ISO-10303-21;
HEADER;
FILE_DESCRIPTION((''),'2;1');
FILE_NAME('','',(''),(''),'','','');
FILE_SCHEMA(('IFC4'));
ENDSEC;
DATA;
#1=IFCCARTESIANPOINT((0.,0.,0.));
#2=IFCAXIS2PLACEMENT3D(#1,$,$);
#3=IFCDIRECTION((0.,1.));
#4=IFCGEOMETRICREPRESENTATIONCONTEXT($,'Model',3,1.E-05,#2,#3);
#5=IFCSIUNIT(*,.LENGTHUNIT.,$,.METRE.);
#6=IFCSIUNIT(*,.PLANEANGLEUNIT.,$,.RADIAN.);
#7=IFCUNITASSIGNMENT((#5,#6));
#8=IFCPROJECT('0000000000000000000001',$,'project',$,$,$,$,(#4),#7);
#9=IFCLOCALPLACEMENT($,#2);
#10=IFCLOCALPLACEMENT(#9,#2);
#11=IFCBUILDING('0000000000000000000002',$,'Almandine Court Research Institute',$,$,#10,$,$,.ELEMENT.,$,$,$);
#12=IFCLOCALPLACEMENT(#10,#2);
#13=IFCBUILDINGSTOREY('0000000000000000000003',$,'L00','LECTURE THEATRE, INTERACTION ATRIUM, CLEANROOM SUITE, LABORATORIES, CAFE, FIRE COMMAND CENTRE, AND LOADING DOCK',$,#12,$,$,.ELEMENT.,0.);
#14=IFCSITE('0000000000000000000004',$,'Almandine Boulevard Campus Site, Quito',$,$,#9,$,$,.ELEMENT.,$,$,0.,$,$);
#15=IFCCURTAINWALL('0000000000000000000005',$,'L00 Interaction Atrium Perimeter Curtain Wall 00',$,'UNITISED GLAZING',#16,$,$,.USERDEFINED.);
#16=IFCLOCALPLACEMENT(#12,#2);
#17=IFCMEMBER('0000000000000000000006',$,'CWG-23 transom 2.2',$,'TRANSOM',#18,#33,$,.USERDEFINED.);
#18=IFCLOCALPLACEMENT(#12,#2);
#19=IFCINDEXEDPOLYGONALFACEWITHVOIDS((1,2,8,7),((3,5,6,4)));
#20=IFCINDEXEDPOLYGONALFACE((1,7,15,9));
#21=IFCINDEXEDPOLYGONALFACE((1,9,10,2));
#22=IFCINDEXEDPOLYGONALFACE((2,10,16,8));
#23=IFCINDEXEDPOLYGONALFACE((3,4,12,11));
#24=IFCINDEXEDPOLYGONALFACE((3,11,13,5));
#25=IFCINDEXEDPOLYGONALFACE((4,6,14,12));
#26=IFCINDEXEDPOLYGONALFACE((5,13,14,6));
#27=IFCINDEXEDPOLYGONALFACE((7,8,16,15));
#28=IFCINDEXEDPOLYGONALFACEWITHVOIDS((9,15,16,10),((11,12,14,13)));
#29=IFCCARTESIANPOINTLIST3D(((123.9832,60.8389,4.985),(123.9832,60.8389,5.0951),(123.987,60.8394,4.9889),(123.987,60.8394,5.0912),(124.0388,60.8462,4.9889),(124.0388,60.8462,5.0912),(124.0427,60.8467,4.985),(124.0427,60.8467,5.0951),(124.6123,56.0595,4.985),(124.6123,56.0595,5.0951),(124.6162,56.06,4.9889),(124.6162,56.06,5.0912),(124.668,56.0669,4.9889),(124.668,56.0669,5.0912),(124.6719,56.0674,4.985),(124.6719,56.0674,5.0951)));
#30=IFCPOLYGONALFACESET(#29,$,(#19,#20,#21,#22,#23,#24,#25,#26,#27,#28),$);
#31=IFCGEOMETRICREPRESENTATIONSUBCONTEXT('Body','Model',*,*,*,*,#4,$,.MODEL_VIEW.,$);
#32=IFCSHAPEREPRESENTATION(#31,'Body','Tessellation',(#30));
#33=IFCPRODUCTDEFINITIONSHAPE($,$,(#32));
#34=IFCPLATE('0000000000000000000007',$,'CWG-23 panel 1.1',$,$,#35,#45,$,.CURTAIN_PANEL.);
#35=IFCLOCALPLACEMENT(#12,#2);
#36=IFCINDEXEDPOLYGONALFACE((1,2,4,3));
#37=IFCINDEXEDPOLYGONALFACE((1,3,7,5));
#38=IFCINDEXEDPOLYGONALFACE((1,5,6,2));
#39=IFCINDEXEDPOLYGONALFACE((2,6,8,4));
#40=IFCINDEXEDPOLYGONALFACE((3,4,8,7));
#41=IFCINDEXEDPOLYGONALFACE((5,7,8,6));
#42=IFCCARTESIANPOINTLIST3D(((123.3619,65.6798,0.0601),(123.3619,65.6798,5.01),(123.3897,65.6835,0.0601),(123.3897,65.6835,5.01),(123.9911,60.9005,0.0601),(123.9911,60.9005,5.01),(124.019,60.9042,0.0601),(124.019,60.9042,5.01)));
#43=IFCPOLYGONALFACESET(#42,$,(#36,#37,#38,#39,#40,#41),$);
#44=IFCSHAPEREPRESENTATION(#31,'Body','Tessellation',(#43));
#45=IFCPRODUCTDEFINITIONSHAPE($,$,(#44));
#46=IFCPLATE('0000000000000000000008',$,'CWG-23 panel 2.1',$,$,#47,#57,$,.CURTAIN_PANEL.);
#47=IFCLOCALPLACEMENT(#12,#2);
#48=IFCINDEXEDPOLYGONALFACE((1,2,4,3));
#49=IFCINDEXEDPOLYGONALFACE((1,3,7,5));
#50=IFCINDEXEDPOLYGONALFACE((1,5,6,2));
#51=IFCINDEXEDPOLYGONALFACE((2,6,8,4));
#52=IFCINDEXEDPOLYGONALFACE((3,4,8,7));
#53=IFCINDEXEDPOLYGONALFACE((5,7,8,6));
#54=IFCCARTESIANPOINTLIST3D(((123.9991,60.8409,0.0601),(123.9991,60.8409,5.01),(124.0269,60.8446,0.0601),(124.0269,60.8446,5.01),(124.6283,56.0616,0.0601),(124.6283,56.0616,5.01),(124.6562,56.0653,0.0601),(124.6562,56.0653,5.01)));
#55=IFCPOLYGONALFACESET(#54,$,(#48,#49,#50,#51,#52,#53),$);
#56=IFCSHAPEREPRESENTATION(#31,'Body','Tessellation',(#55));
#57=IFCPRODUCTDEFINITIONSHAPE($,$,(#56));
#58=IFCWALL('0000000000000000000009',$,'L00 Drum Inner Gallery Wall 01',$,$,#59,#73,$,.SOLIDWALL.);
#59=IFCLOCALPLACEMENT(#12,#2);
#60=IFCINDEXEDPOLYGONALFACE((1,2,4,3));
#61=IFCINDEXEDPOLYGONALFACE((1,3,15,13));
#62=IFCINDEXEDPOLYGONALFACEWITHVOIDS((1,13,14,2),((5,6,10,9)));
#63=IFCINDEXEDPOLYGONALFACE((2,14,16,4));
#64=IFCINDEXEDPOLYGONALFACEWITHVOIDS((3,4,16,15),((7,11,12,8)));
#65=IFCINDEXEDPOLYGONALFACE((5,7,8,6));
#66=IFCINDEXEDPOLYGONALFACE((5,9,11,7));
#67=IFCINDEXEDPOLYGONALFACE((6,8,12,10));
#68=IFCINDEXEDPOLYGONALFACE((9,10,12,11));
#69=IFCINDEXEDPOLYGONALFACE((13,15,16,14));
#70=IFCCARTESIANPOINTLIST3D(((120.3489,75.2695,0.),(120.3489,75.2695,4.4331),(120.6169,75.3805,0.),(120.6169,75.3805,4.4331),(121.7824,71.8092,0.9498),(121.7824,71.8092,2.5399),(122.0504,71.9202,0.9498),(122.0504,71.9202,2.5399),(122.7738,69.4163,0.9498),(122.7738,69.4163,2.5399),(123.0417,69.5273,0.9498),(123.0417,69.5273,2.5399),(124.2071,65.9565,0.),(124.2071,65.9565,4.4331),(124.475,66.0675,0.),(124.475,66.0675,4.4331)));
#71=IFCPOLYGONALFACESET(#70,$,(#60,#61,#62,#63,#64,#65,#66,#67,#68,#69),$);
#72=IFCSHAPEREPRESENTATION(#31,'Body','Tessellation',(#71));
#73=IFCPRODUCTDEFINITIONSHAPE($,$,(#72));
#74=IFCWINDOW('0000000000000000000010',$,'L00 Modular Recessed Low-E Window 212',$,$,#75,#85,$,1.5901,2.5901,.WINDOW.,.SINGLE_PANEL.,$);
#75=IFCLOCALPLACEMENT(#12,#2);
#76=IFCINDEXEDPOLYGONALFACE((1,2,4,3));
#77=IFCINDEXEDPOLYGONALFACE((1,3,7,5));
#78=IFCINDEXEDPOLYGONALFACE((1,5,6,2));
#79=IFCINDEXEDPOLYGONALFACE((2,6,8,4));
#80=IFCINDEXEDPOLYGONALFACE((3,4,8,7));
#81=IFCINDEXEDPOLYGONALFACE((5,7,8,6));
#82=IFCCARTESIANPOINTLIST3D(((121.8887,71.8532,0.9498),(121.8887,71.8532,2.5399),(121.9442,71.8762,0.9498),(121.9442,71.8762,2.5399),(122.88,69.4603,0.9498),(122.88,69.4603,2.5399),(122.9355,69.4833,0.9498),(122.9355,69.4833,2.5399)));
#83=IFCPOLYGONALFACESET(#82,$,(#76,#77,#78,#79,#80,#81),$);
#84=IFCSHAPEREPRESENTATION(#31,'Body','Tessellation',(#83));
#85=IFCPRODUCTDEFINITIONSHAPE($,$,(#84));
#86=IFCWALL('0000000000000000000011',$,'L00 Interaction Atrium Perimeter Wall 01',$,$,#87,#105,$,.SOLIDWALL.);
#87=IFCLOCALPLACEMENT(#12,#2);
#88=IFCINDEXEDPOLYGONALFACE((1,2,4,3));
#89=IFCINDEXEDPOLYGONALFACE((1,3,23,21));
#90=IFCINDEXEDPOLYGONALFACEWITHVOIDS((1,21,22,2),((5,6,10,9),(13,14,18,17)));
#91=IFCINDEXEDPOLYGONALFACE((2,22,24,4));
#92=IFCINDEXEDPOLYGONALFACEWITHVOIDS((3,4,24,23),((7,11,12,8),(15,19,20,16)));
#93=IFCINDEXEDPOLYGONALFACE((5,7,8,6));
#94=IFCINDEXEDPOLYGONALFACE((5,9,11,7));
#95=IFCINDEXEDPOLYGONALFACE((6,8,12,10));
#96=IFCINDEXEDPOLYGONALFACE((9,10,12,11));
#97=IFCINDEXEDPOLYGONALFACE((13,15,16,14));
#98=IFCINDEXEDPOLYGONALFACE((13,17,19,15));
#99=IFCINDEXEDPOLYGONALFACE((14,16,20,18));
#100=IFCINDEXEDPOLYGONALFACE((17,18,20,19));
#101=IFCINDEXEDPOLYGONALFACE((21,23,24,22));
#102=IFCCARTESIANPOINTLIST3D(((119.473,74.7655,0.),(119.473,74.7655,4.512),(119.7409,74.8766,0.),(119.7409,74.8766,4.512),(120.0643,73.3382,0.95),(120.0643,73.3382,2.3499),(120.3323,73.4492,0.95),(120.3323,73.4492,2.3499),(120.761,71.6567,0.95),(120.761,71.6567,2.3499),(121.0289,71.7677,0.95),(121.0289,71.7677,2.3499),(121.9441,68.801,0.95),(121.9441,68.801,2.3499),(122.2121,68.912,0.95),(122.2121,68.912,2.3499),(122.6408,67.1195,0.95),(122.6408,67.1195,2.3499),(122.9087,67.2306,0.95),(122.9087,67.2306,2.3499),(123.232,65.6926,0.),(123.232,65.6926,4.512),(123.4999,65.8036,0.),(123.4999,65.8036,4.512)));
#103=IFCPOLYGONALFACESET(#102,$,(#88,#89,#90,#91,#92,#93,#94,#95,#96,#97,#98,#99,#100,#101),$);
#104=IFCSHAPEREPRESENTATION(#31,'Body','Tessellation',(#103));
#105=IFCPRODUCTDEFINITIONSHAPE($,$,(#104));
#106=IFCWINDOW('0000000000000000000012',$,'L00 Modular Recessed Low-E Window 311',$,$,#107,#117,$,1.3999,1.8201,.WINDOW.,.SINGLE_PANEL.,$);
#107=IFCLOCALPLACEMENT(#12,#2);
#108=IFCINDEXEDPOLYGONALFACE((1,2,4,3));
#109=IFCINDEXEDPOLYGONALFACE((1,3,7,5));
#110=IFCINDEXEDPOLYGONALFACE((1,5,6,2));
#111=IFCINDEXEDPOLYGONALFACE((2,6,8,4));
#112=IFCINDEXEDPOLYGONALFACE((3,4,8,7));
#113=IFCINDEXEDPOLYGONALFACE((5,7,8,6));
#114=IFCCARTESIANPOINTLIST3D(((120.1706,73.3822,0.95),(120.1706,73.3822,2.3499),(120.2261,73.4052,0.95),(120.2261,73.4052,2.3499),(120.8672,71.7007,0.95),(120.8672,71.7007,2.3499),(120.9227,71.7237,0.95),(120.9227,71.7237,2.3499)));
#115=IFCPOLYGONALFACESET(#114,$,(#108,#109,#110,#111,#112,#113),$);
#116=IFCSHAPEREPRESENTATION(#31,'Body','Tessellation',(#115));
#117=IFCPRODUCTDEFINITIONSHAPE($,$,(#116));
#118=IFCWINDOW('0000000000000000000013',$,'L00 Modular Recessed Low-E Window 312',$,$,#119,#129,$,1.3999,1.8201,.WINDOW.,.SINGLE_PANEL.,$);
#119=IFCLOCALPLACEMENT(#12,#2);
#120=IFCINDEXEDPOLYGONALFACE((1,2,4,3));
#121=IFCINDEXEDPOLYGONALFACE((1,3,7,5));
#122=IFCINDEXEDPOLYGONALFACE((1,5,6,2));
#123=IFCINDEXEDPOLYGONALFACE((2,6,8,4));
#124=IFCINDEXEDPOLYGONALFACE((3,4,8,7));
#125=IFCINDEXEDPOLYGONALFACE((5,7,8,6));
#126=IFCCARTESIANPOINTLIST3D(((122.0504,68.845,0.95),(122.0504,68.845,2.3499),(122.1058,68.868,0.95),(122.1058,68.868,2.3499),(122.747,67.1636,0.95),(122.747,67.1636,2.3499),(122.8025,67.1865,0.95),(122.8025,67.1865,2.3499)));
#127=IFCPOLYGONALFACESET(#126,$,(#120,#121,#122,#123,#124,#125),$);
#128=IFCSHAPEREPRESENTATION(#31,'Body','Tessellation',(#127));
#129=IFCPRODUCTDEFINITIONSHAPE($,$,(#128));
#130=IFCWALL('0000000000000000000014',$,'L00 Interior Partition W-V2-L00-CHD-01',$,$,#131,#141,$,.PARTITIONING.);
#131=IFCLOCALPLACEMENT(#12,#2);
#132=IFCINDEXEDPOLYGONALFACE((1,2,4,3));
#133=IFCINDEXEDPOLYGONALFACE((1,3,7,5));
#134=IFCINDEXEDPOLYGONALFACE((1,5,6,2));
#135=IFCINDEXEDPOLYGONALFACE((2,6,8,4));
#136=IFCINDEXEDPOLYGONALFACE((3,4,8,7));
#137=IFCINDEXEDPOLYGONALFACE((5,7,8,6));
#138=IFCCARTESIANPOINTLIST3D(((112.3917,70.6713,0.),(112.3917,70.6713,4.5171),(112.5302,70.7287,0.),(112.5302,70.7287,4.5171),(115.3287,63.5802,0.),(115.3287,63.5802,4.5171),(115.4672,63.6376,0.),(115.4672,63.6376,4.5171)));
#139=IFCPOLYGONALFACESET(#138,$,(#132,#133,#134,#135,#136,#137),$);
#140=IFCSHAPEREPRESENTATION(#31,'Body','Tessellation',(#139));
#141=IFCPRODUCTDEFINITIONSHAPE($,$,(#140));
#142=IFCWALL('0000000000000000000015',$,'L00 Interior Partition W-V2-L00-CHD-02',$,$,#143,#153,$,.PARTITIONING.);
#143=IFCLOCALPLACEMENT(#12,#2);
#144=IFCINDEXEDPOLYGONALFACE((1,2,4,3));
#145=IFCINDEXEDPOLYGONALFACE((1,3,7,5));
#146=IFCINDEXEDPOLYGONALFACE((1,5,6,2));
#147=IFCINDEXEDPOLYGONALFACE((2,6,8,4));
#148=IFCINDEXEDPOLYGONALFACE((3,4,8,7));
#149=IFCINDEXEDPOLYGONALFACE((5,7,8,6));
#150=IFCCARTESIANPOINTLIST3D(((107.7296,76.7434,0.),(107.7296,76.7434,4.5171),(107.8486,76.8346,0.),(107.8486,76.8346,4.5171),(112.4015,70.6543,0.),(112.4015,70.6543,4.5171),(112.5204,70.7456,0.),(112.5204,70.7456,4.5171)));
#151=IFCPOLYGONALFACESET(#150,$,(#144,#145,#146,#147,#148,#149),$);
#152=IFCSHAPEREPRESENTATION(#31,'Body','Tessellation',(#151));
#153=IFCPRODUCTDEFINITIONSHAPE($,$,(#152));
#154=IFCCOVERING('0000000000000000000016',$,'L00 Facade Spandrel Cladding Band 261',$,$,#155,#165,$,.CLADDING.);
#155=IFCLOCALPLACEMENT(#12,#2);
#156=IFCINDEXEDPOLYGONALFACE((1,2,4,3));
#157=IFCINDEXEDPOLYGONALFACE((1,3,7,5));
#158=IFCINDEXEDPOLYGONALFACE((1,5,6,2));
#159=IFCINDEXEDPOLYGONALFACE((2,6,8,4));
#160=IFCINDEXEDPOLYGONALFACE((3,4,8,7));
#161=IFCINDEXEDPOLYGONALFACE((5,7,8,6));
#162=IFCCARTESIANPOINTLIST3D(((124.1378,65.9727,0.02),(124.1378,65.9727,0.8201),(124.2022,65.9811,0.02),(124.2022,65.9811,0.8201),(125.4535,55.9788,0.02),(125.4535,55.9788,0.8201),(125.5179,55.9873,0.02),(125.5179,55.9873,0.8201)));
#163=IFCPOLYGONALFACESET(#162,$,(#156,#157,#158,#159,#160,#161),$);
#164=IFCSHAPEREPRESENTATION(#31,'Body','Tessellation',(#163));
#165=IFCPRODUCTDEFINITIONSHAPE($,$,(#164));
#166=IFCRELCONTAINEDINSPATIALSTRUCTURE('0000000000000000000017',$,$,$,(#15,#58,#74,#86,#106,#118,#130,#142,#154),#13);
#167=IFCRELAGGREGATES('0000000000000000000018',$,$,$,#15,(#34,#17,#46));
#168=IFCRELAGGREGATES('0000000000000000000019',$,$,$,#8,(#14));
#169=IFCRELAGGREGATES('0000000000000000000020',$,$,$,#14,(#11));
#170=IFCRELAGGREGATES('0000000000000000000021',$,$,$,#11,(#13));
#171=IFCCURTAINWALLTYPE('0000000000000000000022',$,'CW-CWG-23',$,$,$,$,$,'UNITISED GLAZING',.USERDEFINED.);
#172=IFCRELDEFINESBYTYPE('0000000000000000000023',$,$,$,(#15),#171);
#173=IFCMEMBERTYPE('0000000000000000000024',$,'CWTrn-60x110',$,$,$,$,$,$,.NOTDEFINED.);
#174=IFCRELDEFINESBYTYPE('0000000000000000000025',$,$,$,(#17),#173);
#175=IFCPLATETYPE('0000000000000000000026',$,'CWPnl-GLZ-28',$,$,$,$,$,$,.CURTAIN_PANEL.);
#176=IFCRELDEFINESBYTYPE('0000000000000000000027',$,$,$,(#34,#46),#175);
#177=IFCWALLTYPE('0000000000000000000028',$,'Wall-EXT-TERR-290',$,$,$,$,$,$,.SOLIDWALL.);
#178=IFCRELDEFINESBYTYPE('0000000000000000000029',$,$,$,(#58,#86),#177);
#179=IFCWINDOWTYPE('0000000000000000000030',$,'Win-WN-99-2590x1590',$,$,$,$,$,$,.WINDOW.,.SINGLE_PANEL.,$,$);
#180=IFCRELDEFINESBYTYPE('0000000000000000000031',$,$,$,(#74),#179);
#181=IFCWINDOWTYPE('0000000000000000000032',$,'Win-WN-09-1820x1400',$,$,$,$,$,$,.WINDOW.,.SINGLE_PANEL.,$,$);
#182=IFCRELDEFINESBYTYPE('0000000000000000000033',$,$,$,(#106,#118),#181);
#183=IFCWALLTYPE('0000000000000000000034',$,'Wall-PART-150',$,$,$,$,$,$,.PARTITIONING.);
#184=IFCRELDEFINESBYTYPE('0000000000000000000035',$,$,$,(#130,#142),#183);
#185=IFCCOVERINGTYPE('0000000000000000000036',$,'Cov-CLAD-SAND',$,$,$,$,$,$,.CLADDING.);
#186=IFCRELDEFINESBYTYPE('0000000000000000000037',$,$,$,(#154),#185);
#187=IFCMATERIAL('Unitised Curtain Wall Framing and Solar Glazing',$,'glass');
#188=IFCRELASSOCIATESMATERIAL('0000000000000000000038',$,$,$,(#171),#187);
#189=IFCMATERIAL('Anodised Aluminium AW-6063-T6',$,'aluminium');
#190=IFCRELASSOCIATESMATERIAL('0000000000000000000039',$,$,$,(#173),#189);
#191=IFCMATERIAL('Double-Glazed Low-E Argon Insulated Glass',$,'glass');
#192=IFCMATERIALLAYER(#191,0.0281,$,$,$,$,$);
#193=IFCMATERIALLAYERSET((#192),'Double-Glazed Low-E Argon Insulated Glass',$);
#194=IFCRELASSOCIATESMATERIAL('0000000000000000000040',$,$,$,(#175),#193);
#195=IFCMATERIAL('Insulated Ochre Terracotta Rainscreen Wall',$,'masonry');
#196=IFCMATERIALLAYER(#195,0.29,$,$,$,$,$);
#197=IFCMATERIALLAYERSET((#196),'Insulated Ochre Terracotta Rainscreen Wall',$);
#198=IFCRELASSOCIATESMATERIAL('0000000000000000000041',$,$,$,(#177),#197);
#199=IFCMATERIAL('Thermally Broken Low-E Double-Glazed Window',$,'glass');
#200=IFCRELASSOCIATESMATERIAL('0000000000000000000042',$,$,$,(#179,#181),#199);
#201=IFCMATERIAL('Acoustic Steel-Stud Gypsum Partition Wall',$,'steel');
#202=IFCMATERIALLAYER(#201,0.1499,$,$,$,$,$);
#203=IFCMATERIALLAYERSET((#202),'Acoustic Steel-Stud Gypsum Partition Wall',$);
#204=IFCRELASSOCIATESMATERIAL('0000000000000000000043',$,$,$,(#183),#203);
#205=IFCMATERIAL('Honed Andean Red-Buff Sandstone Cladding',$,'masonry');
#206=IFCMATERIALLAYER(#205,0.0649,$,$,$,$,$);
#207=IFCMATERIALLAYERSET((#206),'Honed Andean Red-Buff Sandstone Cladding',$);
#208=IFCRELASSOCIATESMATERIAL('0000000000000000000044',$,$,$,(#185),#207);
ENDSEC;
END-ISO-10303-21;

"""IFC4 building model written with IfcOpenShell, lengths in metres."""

from ifc_helpers import new_model, si_unit, direction, frame, frame_2d, origin, origin_2d, place, context, subcontext, project, spatial, rectangle, hollow_rectangle, extrude, material, layer, layer_set, material_profile, profile_set, type_object, element, fill, aggregate, save


model = new_model("IFC4")

# Units and contexts
model_context = context("Model", 3, precision=1e-05, world=origin(), true_north=direction((0.0, 1.0)))
body_context = subcontext(model_context, "Body", "Model", "MODEL_VIEW")
ifc_project = project(units=[si_unit("LENGTHUNIT", "METRE"), si_unit("PLANEANGLEUNIT", "RADIAN")], contexts=[model_context])

# Site, building, storey
site_placement = place(None, origin())
site = spatial("IfcSite", under=ifc_project, at=site_placement, Name="Almandine Boulevard Campus Site, Quito", CompositionType="ELEMENT", RefElevation=0.0)
building_placement = place(site_placement, origin())
building = spatial("IfcBuilding", under=site, at=building_placement, Name="Almandine Court Research Institute", CompositionType="ELEMENT")
storey_placement = place(building_placement, origin())
storey = spatial("IfcBuildingStorey", under=building, at=storey_placement, Name="L00", Description="LECTURE THEATRE, INTERACTION ATRIUM, CLEANROOM SUITE, LABORATORIES, CAFE, FIRE COMMAND CENTRE, AND LOADING DOCK", CompositionType="ELEMENT", Elevation=0.0)

# Curtain wall, member, plates
ifc_material_1 = material(Name="Unitised Curtain Wall Framing and Solar Glazing", Category="glass")
curtain_wall_type = type_object("IfcCurtainWallType", Name="CW-CWG-23", ElementType="UNITISED GLAZING", PredefinedType="USERDEFINED", material=ifc_material_1)
curtain_wall_placement = place(storey_placement, origin())
curtain_wall = element("IfcCurtainWall", 1, at=curtain_wall_placement, inside=storey, type_object=curtain_wall_type, Name="L00 Interaction Atrium Perimeter Curtain Wall 00", ObjectType="UNITISED GLAZING", PredefinedType="USERDEFINED")
ifc_material_2 = material(Name="Anodised Aluminium AW-6063-T6", Category="aluminium")
ifc_material_profile_1 = material_profile(ifc_material_2, hollow_rectangle(XDim=0.0601, YDim=0.1101, WallThickness=0.0039, at=origin_2d()), Name="ALU RHS 60x110x4")
ifc_profile_set_1 = profile_set([ifc_material_profile_1], Name="Anodised Aluminium AW-6063-T6")
member_type_1 = type_object("IfcMemberType", Name="CWTrn-60x110", PredefinedType="NOTDEFINED", material=ifc_profile_set_1)
member_1_placement = place(storey_placement, frame((124.0129, 60.8428, 5.04), z_axis=(0.130515, -0.991446, 0.0), x_axis=(0.991446, 0.130515, 0.0)))
member_1 = element("IfcMember", 2, at=member_1_placement, type_object=member_type_1, Name="CWG-23 transom 2.2", ObjectType="TRANSOM", PredefinedType="USERDEFINED", context=body_context, shape_type="SweptSolid", body=[
    extrude(hollow_rectangle(XDim=0.0601, YDim=0.1101, WallThickness=0.0039, at=origin_2d()), origin(), (0.0, 0.0, 1.0), 4.8206),
])
ifc_material_3 = material(Name="Double-Glazed Low-E Argon Insulated Glass", Category="glass")
ifc_layer_1 = layer(ifc_material_3, 0.0281)
ifc_layer_set_1 = layer_set([ifc_layer_1], Name="Double-Glazed Low-E Argon Insulated Glass")
plate_type = type_object("IfcPlateType", Name="CWPnl-GLZ-28", PredefinedType="CURTAIN_PANEL", material=ifc_layer_set_1)
plate_1_placement = place(storey_placement, frame((123.6904, 63.292, 0.0601), z_axis=(0.0, 0.0, 1.0), x_axis=(0.130536, -0.991444, 0.0)))
plate_1 = element("IfcPlate", 3, at=plate_1_placement, type_object=plate_type, Name="CWG-23 panel 1.1", PredefinedType="CURTAIN_PANEL", context=body_context, shape_type="SweptSolid", body=[
    extrude(rectangle(XDim=4.8206, YDim=0.0281, at=origin_2d()), origin(), (0.0, 0.0, 1.0), 4.95),
])
plate_2_placement = place(storey_placement, frame((124.3276, 58.4531, 0.0601), z_axis=(0.0, 0.0, 1.0), x_axis=(0.130536, -0.991444, 0.0)))
plate_2 = element("IfcPlate", 4, at=plate_2_placement, type_object=plate_type, Name="CWG-23 panel 2.1", PredefinedType="CURTAIN_PANEL", context=body_context, shape_type="SweptSolid", body=[
    extrude(rectangle(XDim=4.8206, YDim=0.0281, at=origin_2d()), origin(), (0.0, 0.0, 1.0), 4.95),
])
aggregate(curtain_wall, [plate_1, member_1, plate_2])

# Wall, opening, window
ifc_material_4 = material(Name="Insulated Ochre Terracotta Rainscreen Wall", Category="masonry")
ifc_layer_2 = layer(ifc_material_4, 0.29)
ifc_layer_set_2 = layer_set([ifc_layer_2], Name="Insulated Ochre Terracotta Rainscreen Wall")
wall_type_1 = type_object("IfcWallType", Name="Wall-EXT-TERR-290", PredefinedType="SOLIDWALL", material=ifc_layer_set_2)
wall_1_placement = place(storey_placement, frame((124.3411, 66.012, 0.0), z_axis=(0.0, 0.0, 1.0), x_axis=(-0.382733, 0.923859, 0.0)))
wall_1 = element("IfcWall", 5, at=wall_1_placement, inside=storey, type_object=wall_type_1, Name="L00 Drum Inner Gallery Wall 01", PredefinedType="SOLIDWALL", context=body_context, shape_type="SweptSolid", body=[
    extrude(rectangle(XDim=10.0806, YDim=0.29, at=frame_2d((5.0403, 0.0))), origin(), (0.0, 0.0, 1.0), 4.4331),
])
opening_1_placement = place(wall_1_placement, frame((3.7451, 0.0, 0.95)))
opening_1 = element("IfcOpeningElement", 6, at=opening_1_placement, cuts=wall_1, PredefinedType="OPENING", context=body_context, shape_type="SweptSolid", body=[
    extrude(rectangle(XDim=2.5901, YDim=1.5901, at=frame_2d((1.2949, 0.7949))), frame((0.0, 0.155, 0.0), z_axis=(0.0, -1.0, 0.0), x_axis=(1.0, 0.0, 0.0)), (0.0, 0.0, 1.0), 0.3101),
])
ifc_material_5 = material(Name="Thermally Broken Low-E Double-Glazed Window", Category="glass")
window_type_1 = type_object("IfcWindowType", Name="Win-WN-99-2590x1590", PartitioningType="SINGLE_PANEL", PredefinedType="WINDOW", material=ifc_material_5)
window_1_placement = place(opening_1_placement, origin())
window_1 = element("IfcWindow", 7, at=window_1_placement, inside=storey, type_object=window_type_1, Name="L00 Modular Recessed Low-E Window 212", OverallHeight=1.5901, OverallWidth=2.5901, PartitioningType="SINGLE_PANEL", PredefinedType="WINDOW", context=body_context, shape_type="SweptSolid", body=[
    extrude(rectangle(XDim=2.5901, YDim=1.5901, at=frame_2d((1.2949, 0.7949))), frame((0.0, 0.03, 0.0), z_axis=(0.0, -1.0, 0.0), x_axis=(1.0, 0.0, 0.0)), (0.0, 0.0, 1.0), 0.0601),
])
fill(opening_1, window_1)

# Wall, openings, windows
wall_2_placement = place(storey_placement, frame((119.6069, 74.821, 0.0), z_axis=(0.0, 0.0, 1.0), x_axis=(0.382759, -0.923848, 0.0)))
wall_2 = element("IfcWall", 8, at=wall_2_placement, inside=storey, type_object=wall_type_1, Name="L00 Interaction Atrium Perimeter Wall 01", PredefinedType="SOLIDWALL", context=body_context, shape_type="SweptSolid", body=[
    extrude(rectangle(XDim=9.8208, YDim=0.29, at=frame_2d((4.9104, 0.0))), origin(), (0.0, 0.0, 1.0), 4.512),
])
opening_2_placement = place(wall_2_placement, frame((1.5449, 0.0, 0.95)))
opening_2 = element("IfcOpeningElement", 9, at=opening_2_placement, cuts=wall_2, PredefinedType="OPENING", context=body_context, shape_type="SweptSolid", body=[
    extrude(rectangle(XDim=1.8201, YDim=1.3999, at=frame_2d((0.9102, 0.7))), frame((0.0, 0.155, 0.0), z_axis=(0.0, -1.0, 0.0), x_axis=(1.0, 0.0, 0.0)), (0.0, 0.0, 1.0), 0.3101),
])
opening_3_placement = place(wall_2_placement, frame((6.4561, 0.0, 0.95)))
opening_3 = element("IfcOpeningElement", 10, at=opening_3_placement, cuts=wall_2, PredefinedType="OPENING", context=body_context, shape_type="SweptSolid", body=[
    extrude(rectangle(XDim=1.8201, YDim=1.3999, at=frame_2d((0.9102, 0.7))), frame((0.0, 0.155, 0.0), z_axis=(0.0, -1.0, 0.0), x_axis=(1.0, 0.0, 0.0)), (0.0, 0.0, 1.0), 0.3101),
])
window_type_2 = type_object("IfcWindowType", Name="Win-WN-09-1820x1400", PartitioningType="SINGLE_PANEL", PredefinedType="WINDOW", material=ifc_material_5)
window_2_placement = place(opening_2_placement, origin())
window_2 = element("IfcWindow", 11, at=window_2_placement, inside=storey, type_object=window_type_2, Name="L00 Modular Recessed Low-E Window 311", OverallHeight=1.3999, OverallWidth=1.8201, PartitioningType="SINGLE_PANEL", PredefinedType="WINDOW", context=body_context, shape_type="SweptSolid", body=[
    extrude(rectangle(XDim=1.8201, YDim=1.3999, at=frame_2d((0.9102, 0.7))), frame((0.0, 0.03, 0.0), z_axis=(0.0, -1.0, 0.0), x_axis=(1.0, 0.0, 0.0)), (0.0, 0.0, 1.0), 0.0601),
])
fill(opening_2, window_2)
window_3_placement = place(opening_3_placement, origin())
window_3 = element("IfcWindow", 12, at=window_3_placement, inside=storey, type_object=window_type_2, Name="L00 Modular Recessed Low-E Window 312", OverallHeight=1.3999, OverallWidth=1.8201, PartitioningType="SINGLE_PANEL", PredefinedType="WINDOW", context=body_context, shape_type="SweptSolid", body=[
    extrude(rectangle(XDim=1.8201, YDim=1.3999, at=frame_2d((0.9102, 0.7))), frame((0.0, 0.03, 0.0), z_axis=(0.0, -1.0, 0.0), x_axis=(1.0, 0.0, 0.0)), (0.0, 0.0, 1.0), 0.0601),
])
fill(opening_3, window_3)

# Walls
ifc_material_6 = material(Name="Acoustic Steel-Stud Gypsum Partition Wall", Category="steel")
ifc_layer_3 = layer(ifc_material_6, 0.1499)
ifc_layer_set_3 = layer_set([ifc_layer_3], Name="Acoustic Steel-Stud Gypsum Partition Wall")
wall_type_2 = type_object("IfcWallType", Name="Wall-PART-150", PredefinedType="PARTITIONING", material=ifc_layer_set_3)
wall_3_placement = place(storey_placement, frame((115.3979, 63.6089, 0.0), z_axis=(0.0, 0.0, 1.0), x_axis=(-0.382661, 0.923889, 0.0)))
element("IfcWall", 13, at=wall_3_placement, inside=storey, type_object=wall_type_2, Name="L00 Interior Partition W-V2-L00-CHD-01", PredefinedType="PARTITIONING", context=body_context, shape_type="SweptSolid", body=[
    extrude(rectangle(XDim=7.6753, YDim=0.1499, at=frame_2d((3.8376, 0.0))), origin(), (0.0, 0.0, 1.0), 4.5171),
])
wall_4_placement = place(storey_placement, frame((112.4609, 70.7, 0.0), z_axis=(0.0, 0.0, 1.0), x_axis=(-0.608723, 0.793383, 0.0)))
element("IfcWall", 14, at=wall_4_placement, inside=storey, type_object=wall_type_2, Name="L00 Interior Partition W-V2-L00-CHD-02", PredefinedType="PARTITIONING", context=body_context, shape_type="SweptSolid", body=[
    extrude(rectangle(XDim=7.6748, YDim=0.1499, at=frame_2d((3.8374, 0.0))), origin(), (0.0, 0.0, 1.0), 4.5171),
])

# Covering
ifc_material_7 = material(Name="Honed Andean Red-Buff Sandstone Cladding", Category="masonry")
ifc_layer_4 = layer(ifc_material_7, 0.0649)
ifc_layer_set_4 = layer_set([ifc_layer_4], Name="Honed Andean Red-Buff Sandstone Cladding")
covering_type = type_object("IfcCoveringType", Name="Cov-CLAD-SAND", PredefinedType="CLADDING", material=ifc_layer_set_4)
for number, where, z_axis, x_axis, name in (
    (15, (124.8279, 60.98, 0.02), (0.0, 0.0, 1.0), (-0.130526, 0.991445, 0.0), "L00 Facade Spandrel Cladding Band 261"),
):
    element("IfcCovering", number, at=place(storey_placement, frame(where, z_axis=z_axis, x_axis=x_axis)), inside=storey, type_object=covering_type, Name=name, PredefinedType="CLADDING", context=body_context, shape_type="SweptSolid", body=[
        extrude(rectangle(XDim=10.0801, YDim=0.0649, at=origin_2d()), origin(), (0.0, 0.0, 1.0), 0.8),
    ])

save(model, "model.ifc")
